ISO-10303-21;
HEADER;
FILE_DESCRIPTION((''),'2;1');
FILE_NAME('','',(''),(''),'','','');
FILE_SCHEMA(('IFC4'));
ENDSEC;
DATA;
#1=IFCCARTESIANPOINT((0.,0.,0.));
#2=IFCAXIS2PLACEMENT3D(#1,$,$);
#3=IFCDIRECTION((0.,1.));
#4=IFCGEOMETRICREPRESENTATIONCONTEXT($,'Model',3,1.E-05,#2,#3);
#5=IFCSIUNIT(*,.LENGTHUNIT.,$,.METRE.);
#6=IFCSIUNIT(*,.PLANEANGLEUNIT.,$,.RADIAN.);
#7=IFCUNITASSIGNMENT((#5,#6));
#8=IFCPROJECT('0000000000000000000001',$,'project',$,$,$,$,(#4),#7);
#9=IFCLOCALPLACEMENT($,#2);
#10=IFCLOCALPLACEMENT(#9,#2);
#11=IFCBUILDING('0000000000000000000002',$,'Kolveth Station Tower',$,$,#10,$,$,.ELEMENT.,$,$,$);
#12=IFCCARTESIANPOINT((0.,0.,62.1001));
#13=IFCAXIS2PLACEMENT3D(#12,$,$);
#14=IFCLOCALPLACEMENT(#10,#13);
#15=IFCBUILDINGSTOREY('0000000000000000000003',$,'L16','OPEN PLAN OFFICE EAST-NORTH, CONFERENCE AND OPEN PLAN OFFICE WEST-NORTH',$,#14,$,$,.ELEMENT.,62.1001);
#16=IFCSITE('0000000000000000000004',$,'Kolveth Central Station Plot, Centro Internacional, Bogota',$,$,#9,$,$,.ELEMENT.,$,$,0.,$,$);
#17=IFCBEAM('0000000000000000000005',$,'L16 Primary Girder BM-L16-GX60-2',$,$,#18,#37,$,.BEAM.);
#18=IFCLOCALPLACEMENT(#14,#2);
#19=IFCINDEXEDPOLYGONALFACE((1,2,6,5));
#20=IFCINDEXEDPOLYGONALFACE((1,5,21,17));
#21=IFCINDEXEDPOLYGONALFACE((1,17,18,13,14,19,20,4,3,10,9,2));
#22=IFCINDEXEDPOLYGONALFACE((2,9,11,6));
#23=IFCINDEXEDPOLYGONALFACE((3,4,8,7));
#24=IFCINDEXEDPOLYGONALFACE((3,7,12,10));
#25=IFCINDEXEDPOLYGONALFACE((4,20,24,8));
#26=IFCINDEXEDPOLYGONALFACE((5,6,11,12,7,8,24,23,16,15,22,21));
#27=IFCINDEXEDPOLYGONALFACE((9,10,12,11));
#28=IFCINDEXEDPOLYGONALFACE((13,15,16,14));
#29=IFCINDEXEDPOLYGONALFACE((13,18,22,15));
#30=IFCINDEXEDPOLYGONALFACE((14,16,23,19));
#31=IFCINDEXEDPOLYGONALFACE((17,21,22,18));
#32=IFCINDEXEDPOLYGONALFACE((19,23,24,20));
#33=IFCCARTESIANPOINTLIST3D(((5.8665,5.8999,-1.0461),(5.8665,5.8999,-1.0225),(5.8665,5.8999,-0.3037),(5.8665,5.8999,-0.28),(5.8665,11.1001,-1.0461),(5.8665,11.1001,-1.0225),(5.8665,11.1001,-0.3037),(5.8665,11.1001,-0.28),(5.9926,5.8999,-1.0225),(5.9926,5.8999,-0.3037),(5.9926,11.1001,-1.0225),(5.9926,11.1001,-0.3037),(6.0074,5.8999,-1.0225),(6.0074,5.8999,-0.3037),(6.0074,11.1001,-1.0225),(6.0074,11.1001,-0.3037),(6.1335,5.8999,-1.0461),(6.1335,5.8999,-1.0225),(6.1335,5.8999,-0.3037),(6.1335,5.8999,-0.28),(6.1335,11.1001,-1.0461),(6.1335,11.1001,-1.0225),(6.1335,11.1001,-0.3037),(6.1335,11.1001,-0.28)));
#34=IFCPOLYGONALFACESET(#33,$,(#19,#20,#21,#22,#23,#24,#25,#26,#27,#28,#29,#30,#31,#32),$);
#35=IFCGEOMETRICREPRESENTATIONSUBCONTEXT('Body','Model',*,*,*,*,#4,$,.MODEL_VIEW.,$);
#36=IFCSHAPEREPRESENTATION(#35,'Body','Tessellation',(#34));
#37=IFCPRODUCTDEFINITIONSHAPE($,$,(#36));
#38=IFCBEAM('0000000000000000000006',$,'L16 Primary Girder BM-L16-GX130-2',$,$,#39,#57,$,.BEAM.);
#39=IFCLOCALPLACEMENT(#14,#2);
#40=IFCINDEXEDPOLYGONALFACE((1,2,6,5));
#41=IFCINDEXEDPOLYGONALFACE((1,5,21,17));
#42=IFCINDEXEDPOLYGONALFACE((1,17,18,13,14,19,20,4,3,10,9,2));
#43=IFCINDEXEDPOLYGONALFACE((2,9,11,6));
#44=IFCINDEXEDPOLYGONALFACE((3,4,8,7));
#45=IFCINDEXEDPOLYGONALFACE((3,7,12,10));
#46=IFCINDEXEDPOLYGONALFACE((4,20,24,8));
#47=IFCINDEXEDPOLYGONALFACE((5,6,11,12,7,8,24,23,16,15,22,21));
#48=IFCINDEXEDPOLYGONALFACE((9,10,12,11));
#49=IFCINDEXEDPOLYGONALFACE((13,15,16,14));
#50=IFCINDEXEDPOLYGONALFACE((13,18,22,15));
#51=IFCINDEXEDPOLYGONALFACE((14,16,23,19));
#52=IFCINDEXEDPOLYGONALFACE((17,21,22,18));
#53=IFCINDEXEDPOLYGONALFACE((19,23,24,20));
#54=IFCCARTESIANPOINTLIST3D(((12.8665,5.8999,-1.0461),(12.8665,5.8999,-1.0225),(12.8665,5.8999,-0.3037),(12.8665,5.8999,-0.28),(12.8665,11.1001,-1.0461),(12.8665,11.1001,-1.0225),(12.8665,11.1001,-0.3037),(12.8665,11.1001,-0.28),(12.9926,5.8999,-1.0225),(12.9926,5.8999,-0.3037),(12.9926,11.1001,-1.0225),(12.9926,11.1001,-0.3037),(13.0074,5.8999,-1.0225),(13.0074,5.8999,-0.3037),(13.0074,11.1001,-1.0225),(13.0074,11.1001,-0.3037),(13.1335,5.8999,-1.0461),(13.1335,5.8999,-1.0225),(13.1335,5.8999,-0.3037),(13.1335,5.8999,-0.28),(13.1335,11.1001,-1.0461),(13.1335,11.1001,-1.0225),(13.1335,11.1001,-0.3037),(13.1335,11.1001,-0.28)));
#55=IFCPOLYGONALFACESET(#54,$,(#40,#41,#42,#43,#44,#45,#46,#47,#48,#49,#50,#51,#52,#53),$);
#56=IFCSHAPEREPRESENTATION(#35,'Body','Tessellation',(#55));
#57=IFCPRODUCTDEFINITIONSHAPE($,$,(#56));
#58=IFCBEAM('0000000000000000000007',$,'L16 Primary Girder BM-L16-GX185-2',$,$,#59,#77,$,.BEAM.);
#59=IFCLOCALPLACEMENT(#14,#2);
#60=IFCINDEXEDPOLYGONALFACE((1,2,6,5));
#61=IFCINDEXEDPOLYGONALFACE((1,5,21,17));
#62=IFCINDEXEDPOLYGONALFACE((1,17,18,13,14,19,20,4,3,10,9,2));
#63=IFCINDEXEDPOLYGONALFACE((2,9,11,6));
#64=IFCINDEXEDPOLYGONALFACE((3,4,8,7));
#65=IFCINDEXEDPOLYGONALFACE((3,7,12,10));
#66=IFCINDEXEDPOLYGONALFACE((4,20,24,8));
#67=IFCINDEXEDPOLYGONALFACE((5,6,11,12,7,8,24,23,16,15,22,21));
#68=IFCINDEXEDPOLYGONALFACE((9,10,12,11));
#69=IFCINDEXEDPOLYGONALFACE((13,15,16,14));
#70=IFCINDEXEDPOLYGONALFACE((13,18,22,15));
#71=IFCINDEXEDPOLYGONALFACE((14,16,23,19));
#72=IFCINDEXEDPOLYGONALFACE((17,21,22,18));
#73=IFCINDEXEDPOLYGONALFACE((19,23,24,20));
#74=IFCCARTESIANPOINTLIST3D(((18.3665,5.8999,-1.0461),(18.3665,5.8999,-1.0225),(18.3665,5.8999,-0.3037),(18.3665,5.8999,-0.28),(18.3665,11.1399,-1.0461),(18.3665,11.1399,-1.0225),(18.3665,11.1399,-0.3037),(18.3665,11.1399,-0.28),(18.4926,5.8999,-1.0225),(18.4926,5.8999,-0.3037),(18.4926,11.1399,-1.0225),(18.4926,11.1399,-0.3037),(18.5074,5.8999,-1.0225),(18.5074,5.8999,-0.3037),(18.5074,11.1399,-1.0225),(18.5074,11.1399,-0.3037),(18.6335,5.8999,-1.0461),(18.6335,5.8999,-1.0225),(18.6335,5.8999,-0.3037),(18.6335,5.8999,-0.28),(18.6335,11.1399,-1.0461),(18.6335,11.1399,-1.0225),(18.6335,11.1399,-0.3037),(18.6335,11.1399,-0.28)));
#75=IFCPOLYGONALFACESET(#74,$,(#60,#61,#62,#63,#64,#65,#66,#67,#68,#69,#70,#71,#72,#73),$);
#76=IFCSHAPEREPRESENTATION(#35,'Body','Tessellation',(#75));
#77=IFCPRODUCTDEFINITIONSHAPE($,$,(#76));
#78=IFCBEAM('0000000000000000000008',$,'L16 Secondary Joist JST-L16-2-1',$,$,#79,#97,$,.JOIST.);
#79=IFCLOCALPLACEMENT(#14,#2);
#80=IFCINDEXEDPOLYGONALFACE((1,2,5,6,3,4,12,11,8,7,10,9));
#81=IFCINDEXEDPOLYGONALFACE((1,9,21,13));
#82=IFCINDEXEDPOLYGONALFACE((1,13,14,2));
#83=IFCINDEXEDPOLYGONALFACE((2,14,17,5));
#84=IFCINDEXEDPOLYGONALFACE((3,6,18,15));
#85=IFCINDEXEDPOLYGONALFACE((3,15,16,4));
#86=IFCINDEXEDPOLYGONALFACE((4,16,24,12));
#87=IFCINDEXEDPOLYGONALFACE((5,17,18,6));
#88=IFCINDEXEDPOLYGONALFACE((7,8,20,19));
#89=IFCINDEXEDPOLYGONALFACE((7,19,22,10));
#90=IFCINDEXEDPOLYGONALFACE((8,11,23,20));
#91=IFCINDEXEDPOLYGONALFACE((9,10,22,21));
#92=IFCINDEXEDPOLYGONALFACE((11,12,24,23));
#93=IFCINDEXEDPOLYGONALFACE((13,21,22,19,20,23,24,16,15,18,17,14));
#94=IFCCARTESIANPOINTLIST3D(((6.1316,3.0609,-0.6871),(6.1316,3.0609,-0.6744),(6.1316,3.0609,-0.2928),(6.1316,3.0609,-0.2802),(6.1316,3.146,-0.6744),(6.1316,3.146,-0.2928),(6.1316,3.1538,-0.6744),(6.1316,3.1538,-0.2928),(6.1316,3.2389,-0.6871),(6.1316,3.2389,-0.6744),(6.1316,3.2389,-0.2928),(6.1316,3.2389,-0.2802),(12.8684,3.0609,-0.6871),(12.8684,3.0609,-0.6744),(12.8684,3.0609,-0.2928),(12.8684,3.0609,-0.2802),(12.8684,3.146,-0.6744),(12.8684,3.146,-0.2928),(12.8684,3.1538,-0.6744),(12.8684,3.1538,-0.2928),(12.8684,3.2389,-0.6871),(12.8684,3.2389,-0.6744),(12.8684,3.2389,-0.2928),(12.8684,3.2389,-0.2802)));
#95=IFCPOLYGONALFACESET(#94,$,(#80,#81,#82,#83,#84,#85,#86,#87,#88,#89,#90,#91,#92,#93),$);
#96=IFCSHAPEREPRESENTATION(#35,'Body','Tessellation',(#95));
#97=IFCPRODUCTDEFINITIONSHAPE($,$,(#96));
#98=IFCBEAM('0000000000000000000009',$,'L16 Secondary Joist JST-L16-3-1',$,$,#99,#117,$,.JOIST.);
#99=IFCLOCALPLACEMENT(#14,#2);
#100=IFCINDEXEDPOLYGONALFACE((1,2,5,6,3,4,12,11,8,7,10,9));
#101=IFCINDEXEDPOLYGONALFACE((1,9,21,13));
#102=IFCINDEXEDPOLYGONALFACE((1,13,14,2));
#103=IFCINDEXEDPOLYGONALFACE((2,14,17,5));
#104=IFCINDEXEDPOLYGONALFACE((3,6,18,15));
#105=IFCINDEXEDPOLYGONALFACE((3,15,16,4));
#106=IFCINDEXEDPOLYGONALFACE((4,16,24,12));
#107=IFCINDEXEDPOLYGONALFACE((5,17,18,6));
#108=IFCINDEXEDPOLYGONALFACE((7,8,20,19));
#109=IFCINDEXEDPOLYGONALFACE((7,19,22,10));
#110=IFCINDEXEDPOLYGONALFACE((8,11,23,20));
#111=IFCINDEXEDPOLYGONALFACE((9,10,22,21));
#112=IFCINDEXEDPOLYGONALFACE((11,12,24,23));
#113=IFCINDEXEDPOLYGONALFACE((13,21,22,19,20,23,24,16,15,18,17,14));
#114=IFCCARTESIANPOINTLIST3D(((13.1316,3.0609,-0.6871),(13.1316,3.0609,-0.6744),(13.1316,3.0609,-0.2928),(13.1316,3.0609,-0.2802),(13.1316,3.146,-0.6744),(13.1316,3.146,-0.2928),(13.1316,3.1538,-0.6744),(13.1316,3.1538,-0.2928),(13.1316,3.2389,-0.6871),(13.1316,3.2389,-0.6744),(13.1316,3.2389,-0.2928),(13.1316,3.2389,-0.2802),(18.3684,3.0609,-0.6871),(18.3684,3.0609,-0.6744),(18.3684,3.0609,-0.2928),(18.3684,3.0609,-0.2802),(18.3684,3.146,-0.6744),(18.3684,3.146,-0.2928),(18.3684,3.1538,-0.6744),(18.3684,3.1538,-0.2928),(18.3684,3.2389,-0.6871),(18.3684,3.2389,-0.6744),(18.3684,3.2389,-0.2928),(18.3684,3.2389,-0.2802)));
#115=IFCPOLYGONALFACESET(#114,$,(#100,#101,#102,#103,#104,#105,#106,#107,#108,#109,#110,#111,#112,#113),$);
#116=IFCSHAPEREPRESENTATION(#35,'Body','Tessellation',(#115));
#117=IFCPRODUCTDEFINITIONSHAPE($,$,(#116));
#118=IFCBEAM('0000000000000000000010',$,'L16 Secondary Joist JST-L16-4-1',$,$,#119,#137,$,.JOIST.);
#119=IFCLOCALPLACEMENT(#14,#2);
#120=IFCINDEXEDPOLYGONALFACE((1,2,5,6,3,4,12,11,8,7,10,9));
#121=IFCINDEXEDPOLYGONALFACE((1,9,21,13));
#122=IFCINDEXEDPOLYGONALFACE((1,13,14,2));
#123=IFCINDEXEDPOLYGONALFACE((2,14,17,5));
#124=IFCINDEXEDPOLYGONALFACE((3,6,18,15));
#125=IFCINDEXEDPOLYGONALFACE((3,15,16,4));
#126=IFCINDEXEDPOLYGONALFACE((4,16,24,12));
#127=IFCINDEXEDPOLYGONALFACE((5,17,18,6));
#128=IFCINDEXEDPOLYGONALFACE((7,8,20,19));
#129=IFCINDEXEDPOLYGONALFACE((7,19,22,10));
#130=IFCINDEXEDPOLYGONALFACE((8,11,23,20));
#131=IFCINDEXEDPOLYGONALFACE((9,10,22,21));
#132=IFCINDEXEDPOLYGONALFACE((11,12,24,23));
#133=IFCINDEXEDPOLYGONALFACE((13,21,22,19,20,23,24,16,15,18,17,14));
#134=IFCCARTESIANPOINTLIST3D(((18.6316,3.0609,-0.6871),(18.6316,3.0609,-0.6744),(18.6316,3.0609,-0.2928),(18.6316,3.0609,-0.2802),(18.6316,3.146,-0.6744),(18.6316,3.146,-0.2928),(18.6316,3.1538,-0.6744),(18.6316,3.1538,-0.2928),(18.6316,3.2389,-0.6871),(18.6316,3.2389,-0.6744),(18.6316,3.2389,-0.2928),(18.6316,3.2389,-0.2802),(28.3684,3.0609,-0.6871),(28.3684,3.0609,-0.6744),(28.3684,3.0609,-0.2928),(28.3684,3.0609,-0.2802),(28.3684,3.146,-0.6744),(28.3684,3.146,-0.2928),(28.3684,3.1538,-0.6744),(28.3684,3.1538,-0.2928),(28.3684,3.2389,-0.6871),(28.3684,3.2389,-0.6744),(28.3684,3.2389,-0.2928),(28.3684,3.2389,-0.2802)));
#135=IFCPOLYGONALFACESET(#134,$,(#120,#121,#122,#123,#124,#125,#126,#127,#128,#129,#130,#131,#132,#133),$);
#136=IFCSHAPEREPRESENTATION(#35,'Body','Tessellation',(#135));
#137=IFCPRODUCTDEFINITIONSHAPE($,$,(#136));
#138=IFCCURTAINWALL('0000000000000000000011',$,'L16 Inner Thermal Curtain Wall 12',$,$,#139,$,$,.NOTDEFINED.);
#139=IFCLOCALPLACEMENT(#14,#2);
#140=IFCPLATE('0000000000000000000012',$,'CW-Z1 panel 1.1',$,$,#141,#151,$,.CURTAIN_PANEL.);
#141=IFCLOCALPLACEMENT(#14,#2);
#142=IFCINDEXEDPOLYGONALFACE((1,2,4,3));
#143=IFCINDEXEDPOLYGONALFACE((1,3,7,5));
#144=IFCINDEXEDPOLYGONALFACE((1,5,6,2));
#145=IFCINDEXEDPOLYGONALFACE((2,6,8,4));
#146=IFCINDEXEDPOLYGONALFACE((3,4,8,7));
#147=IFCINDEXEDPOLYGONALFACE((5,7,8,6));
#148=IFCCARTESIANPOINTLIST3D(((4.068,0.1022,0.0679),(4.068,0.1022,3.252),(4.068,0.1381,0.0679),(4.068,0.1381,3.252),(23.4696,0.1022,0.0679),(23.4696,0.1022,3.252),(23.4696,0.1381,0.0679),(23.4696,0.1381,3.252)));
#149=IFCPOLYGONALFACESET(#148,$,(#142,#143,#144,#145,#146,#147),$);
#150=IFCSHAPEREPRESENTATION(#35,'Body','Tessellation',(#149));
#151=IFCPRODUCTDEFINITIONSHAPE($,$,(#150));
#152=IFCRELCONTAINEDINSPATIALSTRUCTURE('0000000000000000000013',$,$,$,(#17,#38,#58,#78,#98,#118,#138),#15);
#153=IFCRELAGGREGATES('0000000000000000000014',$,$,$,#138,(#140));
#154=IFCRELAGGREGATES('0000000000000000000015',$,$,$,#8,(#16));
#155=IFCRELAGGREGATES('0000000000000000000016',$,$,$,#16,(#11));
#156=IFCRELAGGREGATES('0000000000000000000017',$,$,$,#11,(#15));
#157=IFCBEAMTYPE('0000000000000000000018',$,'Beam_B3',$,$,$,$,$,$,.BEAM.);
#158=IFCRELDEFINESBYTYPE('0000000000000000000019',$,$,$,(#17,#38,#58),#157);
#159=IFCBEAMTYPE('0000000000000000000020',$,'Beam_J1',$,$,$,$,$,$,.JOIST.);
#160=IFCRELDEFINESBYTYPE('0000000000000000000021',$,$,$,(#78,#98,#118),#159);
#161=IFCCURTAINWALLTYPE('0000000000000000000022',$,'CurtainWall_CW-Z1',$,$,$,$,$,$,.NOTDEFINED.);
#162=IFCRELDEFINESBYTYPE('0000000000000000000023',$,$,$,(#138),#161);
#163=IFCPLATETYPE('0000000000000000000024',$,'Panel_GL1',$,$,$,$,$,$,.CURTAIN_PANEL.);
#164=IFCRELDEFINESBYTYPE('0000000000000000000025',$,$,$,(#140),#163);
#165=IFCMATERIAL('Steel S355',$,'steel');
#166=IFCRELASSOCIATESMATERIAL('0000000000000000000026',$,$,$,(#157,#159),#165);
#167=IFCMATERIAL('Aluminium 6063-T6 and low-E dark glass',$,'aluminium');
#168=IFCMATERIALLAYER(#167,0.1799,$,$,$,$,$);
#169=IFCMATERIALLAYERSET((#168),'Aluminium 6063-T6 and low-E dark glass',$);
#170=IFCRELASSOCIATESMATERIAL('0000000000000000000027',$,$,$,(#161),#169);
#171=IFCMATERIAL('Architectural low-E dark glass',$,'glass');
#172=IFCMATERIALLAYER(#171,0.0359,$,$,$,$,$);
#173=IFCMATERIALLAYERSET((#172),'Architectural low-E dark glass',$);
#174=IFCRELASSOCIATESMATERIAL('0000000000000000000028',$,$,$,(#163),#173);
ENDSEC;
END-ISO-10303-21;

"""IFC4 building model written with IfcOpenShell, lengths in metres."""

from ifc_helpers import new_model, si_unit, direction, frame, origin, origin_2d, place, context, subcontext, project, spatial, rectangle, i_section, extrude, source, transform, mapped, material, layer, layer_set, material_profile, profile_set, type_object, element, aggregate, save


model = new_model("IFC4")

# Units and contexts
model_context = context("Model", 3, precision=1e-05, world=origin(), true_north=direction((0.0, 1.0)))
body_context = subcontext(model_context, "Body", "Model", "MODEL_VIEW")
ifc_project = project(units=[si_unit("LENGTHUNIT", "METRE"), si_unit("PLANEANGLEUNIT", "RADIAN")], contexts=[model_context])

# Site, building, storey
site_placement = place(None, origin())
site = spatial("IfcSite", under=ifc_project, at=site_placement, Name="Kolveth Central Station Plot, Centro Internacional, Bogota", CompositionType="ELEMENT", RefElevation=0.0)
building_placement = place(site_placement, origin())
building = spatial("IfcBuilding", under=site, at=building_placement, Name="Kolveth Station Tower", CompositionType="ELEMENT")
storey_placement = place(building_placement, frame((0.0, 0.0, 62.1001)))
storey = spatial("IfcBuildingStorey", under=building, at=storey_placement, Name="L16", Description="OPEN PLAN OFFICE EAST-NORTH, CONFERENCE AND OPEN PLAN OFFICE WEST-NORTH", CompositionType="ELEMENT", Elevation=62.1001)

# Shared definitions
ifc_material_1 = material(Name="Steel S355", Category="steel")

# Beams
ifc_material_profile_1 = material_profile(ifc_material_1, i_section(OverallWidth=0.2671, OverallDepth=0.7661, WebThickness=0.0149, FlangeThickness=0.0237, at=origin_2d()), Name="W760x185")
ifc_profile_set_1 = profile_set([ifc_material_profile_1], Name="Steel S355")
beam_type_1 = type_object("IfcBeamType", Name="Beam_B3", PredefinedType="BEAM", material=ifc_profile_set_1)
shared_shape_1 = source(origin(), body_context, "Body", "SweptSolid", [
    extrude(i_section(OverallWidth=0.2671, OverallDepth=0.7661, WebThickness=0.0149, FlangeThickness=0.0237, at=origin_2d()), origin(), (0.0, 0.0, 1.0), 5.2002),
])
for number, where, z_axis, x_axis, name in (
    (1, (6.0, 5.8999, -0.6631), (0.0, 1.0, 0.0), (-1.0, 0.0, 0.0), "L16 Primary Girder BM-L16-GX60-2"),
    (2, (13.0, 5.8999, -0.6631), (0.0, 1.0, 0.0), (-1.0, 0.0, 0.0), "L16 Primary Girder BM-L16-GX130-2"),
):
    element("IfcBeam", number, at=place(storey_placement, frame(where, z_axis=z_axis, x_axis=x_axis)), inside=storey, type_object=beam_type_1, Name=name, PredefinedType="BEAM", context=body_context, shape_type="MappedRepresentation", body=[
        mapped(shared_shape_1, transform((0.0, 0.0, 0.0), x_axis=(1.0, 0.0, 0.0), y_axis=(0.0, 1.0, 0.0), z_axis=(0.0, 0.0, 1.0), scale=1.0)),
    ])
shared_shape_2 = source(origin(), body_context, "Body", "SweptSolid", [
    extrude(i_section(OverallWidth=0.2671, OverallDepth=0.7661, WebThickness=0.0149, FlangeThickness=0.0237, at=origin_2d()), origin(), (0.0, 0.0, 1.0), 5.24),
])
beam_1_placement = place(storey_placement, frame((18.5, 5.8999, -0.6631), z_axis=(0.0, 1.0, 0.0), x_axis=(-1.0, 0.0, 0.0)))
element("IfcBeam", 3, at=beam_1_placement, inside=storey, type_object=beam_type_1, Name="L16 Primary Girder BM-L16-GX185-2", PredefinedType="BEAM", context=body_context, shape_type="MappedRepresentation", body=[
    mapped(shared_shape_2, transform((0.0, 0.0, 0.0), x_axis=(1.0, 0.0, 0.0), y_axis=(0.0, 1.0, 0.0), z_axis=(0.0, 0.0, 1.0), scale=1.0)),
])
ifc_material_profile_2 = material_profile(ifc_material_1, i_section(OverallWidth=0.178, OverallDepth=0.407, WebThickness=0.0078, FlangeThickness=0.0127, at=origin_2d()), Name="W410x60")
ifc_profile_set_2 = profile_set([ifc_material_profile_2], Name="Steel S355")
beam_type_2 = type_object("IfcBeamType", Name="Beam_J1", PredefinedType="JOIST", material=ifc_profile_set_2)
shared_shape_3 = source(origin(), body_context, "Body", "SweptSolid", [
    extrude(i_section(OverallWidth=0.178, OverallDepth=0.407, WebThickness=0.0078, FlangeThickness=0.0127, at=origin_2d()), origin(), (0.0, 0.0, 1.0), 6.7368),
])
beam_2_placement = place(storey_placement, frame((6.1316, 3.1499, -0.4836), z_axis=(1.0, 0.0, 0.0), x_axis=(0.0, 1.0, 0.0)))
element("IfcBeam", 4, at=beam_2_placement, inside=storey, type_object=beam_type_2, Name="L16 Secondary Joist JST-L16-2-1", PredefinedType="JOIST", context=body_context, shape_type="MappedRepresentation", body=[
    mapped(shared_shape_3, transform((0.0, 0.0, 0.0), x_axis=(1.0, 0.0, 0.0), y_axis=(0.0, 1.0, 0.0), z_axis=(0.0, 0.0, 1.0), scale=1.0)),
])
shared_shape_4 = source(origin(), body_context, "Body", "SweptSolid", [
    extrude(i_section(OverallWidth=0.178, OverallDepth=0.407, WebThickness=0.0078, FlangeThickness=0.0127, at=origin_2d()), origin(), (0.0, 0.0, 1.0), 5.2368),
])
beam_3_placement = place(storey_placement, frame((13.1316, 3.1499, -0.4836), z_axis=(1.0, 0.0, 0.0), x_axis=(0.0, 1.0, 0.0)))
element("IfcBeam", 5, at=beam_3_placement, inside=storey, type_object=beam_type_2, Name="L16 Secondary Joist JST-L16-3-1", PredefinedType="JOIST", context=body_context, shape_type="MappedRepresentation", body=[
    mapped(shared_shape_4, transform((0.0, 0.0, 0.0), x_axis=(1.0, 0.0, 0.0), y_axis=(0.0, 1.0, 0.0), z_axis=(0.0, 0.0, 1.0), scale=1.0)),
])
shared_shape_5 = source(origin(), body_context, "Body", "SweptSolid", [
    extrude(i_section(OverallWidth=0.178, OverallDepth=0.407, WebThickness=0.0078, FlangeThickness=0.0127, at=origin_2d()), origin(), (0.0, 0.0, 1.0), 9.7368),
])
beam_4_placement = place(storey_placement, frame((18.6316, 3.1499, -0.4836), z_axis=(1.0, 0.0, 0.0), x_axis=(0.0, 1.0, 0.0)))
element("IfcBeam", 6, at=beam_4_placement, inside=storey, type_object=beam_type_2, Name="L16 Secondary Joist JST-L16-4-1", PredefinedType="JOIST", context=body_context, shape_type="MappedRepresentation", body=[
    mapped(shared_shape_5, transform((0.0, 0.0, 0.0), x_axis=(1.0, 0.0, 0.0), y_axis=(0.0, 1.0, 0.0), z_axis=(0.0, 0.0, 1.0), scale=1.0)),
])

# Curtain wall, plate
ifc_material_2 = material(Name="Aluminium 6063-T6 and low-E dark glass", Category="aluminium")
ifc_layer_1 = layer(ifc_material_2, 0.1799)
ifc_layer_set_1 = layer_set([ifc_layer_1], Name="Aluminium 6063-T6 and low-E dark glass")
curtain_wall_type = type_object("IfcCurtainWallType", Name="CurtainWall_CW-Z1", PredefinedType="NOTDEFINED", material=ifc_layer_set_1)
curtain_wall_placement = place(storey_placement, origin())
curtain_wall = element("IfcCurtainWall", 7, at=curtain_wall_placement, inside=storey, type_object=curtain_wall_type, Name="L16 Inner Thermal Curtain Wall 12", PredefinedType="NOTDEFINED")
ifc_material_3 = material(Name="Architectural low-E dark glass", Category="glass")
ifc_layer_2 = layer(ifc_material_3, 0.0359)
ifc_layer_set_2 = layer_set([ifc_layer_2], Name="Architectural low-E dark glass")
plate_type = type_object("IfcPlateType", Name="Panel_GL1", PredefinedType="CURTAIN_PANEL", material=ifc_layer_set_2)
shared_shape_6 = source(origin(), body_context, "Body", "SweptSolid", [
    extrude(rectangle(XDim=19.4016, YDim=0.0359, at=origin_2d()), origin(), (0.0, 0.0, 1.0), 3.1841),
])
plate_placement = place(storey_placement, frame((13.7688, 0.1201, 0.0679), z_axis=(0.0, 0.0, 1.0), x_axis=(1.0, 0.0, 0.0)))
plate = element("IfcPlate", 8, at=plate_placement, type_object=plate_type, Name="CW-Z1 panel 1.1", PredefinedType="CURTAIN_PANEL", context=body_context, shape_type="MappedRepresentation", body=[
    mapped(shared_shape_6, transform((0.0, 0.0, 0.0), x_axis=(1.0, 0.0, 0.0), y_axis=(0.0, 1.0, 0.0), z_axis=(0.0, 0.0, 1.0), scale=1.0)),
])
aggregate(curtain_wall, [plate])

save(model, "model.ifc")
